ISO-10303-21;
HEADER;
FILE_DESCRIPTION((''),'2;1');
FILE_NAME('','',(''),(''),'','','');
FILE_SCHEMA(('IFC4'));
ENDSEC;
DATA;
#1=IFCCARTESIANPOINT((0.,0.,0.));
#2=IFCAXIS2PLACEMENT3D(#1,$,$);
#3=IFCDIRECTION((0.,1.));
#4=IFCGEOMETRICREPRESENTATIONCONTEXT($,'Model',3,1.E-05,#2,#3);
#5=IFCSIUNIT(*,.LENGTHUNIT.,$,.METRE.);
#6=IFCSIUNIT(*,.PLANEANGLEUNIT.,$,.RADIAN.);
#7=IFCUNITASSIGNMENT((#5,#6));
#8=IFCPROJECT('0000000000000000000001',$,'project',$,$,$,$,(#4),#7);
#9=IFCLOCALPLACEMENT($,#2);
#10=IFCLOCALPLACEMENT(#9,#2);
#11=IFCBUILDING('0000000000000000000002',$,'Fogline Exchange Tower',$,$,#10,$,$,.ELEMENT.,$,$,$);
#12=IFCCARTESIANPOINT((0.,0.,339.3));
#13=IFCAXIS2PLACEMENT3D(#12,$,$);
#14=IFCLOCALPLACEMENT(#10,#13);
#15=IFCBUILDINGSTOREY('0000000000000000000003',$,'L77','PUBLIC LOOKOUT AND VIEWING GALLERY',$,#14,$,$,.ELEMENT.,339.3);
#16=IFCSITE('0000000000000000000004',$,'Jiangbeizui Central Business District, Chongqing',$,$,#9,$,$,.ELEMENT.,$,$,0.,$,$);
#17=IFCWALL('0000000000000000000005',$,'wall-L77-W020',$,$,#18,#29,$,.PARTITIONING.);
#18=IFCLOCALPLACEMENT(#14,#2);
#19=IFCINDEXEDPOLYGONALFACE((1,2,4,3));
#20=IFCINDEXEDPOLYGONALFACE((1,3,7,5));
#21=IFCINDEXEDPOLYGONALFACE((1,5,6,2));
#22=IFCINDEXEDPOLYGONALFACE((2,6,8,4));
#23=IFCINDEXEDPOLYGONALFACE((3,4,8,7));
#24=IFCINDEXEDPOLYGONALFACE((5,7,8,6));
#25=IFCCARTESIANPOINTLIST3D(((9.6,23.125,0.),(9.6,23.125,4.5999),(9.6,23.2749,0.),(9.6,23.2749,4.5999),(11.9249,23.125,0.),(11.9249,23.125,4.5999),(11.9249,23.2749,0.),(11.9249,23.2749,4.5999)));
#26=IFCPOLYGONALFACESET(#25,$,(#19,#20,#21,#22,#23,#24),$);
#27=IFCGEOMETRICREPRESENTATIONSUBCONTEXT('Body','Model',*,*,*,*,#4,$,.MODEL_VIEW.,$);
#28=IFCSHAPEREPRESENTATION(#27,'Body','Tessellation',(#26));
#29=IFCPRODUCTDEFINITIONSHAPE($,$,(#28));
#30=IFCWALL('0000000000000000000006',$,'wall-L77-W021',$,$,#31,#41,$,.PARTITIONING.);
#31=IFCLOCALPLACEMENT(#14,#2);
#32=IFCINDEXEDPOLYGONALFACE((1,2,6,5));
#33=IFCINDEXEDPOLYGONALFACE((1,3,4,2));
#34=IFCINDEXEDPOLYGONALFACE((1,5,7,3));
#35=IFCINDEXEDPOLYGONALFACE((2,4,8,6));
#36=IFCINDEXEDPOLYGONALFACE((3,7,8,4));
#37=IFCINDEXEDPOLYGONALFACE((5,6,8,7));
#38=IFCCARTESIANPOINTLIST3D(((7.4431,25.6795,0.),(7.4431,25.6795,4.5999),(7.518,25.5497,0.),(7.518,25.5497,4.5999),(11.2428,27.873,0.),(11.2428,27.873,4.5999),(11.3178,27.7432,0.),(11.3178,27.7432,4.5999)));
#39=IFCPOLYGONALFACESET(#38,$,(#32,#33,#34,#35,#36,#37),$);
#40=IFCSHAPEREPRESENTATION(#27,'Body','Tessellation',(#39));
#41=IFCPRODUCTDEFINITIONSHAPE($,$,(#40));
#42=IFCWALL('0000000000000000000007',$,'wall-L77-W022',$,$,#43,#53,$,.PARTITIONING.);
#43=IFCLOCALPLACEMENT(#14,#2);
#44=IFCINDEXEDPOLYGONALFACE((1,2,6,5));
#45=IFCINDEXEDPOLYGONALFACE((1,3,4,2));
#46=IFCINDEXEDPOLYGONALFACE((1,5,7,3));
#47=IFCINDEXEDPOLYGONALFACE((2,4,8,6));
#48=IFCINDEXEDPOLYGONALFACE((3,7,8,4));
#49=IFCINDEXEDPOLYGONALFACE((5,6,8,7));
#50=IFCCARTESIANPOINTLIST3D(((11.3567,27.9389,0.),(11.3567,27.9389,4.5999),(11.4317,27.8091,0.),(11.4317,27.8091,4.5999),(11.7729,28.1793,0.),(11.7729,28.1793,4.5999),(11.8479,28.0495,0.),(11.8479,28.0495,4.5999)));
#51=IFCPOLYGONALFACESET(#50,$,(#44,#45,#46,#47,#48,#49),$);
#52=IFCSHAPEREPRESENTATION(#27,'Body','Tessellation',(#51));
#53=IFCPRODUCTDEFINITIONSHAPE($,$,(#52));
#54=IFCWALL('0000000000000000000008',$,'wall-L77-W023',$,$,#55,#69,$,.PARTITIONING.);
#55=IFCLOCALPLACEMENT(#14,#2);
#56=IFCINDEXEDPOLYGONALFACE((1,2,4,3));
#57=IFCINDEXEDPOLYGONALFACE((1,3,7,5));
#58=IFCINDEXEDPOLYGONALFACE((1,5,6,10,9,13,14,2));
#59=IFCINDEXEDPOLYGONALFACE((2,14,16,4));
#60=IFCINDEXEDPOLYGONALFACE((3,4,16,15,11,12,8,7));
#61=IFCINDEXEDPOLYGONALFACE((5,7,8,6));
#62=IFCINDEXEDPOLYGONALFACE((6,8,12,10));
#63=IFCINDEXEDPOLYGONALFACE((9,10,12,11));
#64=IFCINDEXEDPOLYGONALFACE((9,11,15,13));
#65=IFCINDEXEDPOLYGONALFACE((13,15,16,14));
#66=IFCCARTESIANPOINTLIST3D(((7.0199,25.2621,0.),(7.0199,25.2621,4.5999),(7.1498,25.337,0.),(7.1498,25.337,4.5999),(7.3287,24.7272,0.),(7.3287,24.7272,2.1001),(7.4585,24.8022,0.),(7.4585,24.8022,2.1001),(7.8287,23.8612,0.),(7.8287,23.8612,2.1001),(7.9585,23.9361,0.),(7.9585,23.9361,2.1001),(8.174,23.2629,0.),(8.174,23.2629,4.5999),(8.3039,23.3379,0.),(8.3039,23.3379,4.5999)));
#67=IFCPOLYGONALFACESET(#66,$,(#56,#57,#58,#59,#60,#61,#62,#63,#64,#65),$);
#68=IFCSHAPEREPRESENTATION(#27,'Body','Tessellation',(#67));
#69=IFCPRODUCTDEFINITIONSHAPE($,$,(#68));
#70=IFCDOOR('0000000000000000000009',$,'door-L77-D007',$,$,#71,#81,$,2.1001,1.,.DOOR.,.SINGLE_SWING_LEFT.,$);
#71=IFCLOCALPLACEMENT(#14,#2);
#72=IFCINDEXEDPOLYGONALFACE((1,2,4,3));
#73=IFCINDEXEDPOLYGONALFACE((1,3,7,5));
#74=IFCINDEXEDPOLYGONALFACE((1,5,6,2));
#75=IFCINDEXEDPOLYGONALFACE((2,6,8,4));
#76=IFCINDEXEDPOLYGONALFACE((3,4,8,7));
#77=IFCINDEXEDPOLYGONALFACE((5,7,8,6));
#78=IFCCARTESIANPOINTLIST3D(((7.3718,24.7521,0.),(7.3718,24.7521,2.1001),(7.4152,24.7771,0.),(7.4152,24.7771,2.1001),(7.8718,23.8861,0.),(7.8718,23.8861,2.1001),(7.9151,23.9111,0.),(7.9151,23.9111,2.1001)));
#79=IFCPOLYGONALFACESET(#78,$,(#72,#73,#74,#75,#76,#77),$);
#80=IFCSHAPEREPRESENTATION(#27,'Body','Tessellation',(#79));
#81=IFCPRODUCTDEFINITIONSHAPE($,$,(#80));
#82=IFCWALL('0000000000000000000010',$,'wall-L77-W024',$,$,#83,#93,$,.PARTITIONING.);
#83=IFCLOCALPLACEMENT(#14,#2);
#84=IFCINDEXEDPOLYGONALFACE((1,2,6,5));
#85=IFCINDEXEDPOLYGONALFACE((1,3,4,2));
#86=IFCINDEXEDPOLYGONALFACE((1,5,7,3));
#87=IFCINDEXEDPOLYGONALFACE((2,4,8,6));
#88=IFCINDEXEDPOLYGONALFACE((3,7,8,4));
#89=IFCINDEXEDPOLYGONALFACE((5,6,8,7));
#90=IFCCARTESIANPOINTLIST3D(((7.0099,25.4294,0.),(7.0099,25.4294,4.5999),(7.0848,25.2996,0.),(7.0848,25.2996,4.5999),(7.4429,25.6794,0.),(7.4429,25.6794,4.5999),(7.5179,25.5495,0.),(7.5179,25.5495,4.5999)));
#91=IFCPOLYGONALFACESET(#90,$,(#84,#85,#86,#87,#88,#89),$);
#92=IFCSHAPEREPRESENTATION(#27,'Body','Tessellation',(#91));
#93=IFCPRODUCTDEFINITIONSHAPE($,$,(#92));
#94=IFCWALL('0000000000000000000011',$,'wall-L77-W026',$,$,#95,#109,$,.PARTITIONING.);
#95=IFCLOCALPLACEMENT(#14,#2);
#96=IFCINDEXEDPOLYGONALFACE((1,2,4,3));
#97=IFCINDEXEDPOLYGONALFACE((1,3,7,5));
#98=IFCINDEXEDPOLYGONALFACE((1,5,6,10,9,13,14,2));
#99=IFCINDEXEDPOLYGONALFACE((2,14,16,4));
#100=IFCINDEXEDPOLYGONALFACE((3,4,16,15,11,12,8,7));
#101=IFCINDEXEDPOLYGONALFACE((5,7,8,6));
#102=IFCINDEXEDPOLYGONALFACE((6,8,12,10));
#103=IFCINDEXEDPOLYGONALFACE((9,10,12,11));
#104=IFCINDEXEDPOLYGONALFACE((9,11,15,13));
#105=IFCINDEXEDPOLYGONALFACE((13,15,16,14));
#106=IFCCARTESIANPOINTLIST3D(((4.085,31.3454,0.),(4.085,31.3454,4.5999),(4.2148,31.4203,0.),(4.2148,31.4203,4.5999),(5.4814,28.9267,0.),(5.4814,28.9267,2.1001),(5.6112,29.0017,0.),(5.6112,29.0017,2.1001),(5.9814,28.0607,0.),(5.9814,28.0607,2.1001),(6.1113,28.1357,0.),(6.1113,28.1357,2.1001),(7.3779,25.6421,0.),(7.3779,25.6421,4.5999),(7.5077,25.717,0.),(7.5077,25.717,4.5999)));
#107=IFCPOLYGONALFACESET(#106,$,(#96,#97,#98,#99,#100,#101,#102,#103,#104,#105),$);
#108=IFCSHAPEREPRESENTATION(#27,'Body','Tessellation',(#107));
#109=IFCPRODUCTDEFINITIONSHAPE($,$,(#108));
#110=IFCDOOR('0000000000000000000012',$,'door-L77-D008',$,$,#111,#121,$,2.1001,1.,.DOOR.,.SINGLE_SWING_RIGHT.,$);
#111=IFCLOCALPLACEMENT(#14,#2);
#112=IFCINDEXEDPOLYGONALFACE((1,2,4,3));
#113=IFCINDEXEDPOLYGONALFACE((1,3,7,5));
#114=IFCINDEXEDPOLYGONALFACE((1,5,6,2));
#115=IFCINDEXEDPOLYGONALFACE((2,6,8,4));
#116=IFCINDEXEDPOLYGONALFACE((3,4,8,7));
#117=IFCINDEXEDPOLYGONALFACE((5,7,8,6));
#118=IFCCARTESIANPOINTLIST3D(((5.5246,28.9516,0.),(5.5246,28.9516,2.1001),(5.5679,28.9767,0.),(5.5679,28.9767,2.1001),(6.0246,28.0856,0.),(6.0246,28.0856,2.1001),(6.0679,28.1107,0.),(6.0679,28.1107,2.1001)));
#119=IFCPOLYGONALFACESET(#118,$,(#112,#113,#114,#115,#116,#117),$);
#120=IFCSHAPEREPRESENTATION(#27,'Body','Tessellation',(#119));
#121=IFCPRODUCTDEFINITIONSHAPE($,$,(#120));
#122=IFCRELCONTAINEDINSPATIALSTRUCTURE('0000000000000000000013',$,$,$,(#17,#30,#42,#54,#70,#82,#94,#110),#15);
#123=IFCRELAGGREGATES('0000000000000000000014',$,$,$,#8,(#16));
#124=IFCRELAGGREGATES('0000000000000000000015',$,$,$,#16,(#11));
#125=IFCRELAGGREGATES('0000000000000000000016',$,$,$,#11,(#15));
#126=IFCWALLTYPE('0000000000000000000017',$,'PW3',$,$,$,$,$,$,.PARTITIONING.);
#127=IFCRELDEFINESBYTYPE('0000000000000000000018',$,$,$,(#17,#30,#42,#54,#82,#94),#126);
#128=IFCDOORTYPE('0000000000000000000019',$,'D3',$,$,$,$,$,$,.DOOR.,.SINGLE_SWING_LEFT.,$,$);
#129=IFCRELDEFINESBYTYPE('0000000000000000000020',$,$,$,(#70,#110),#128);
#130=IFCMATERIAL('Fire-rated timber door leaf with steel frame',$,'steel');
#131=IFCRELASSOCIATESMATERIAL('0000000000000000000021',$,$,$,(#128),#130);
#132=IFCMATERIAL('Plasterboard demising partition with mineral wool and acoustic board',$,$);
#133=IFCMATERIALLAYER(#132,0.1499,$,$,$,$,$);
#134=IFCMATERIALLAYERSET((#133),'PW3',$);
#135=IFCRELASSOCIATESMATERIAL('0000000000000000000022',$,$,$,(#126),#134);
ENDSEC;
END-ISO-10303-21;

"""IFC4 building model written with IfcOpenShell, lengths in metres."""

from ifc_helpers import new_model, si_unit, direction, frame, frame_2d, origin, place, context, subcontext, project, spatial, rectangle, extrude, material, layer, layer_set, type_object, element, fill, save


model = new_model("IFC4")

# Units and contexts
model_context = context("Model", 3, precision=1e-05, world=origin(), true_north=direction((0.0, 1.0)))
body_context = subcontext(model_context, "Body", "Model", "MODEL_VIEW")
ifc_project = project(units=[si_unit("LENGTHUNIT", "METRE"), si_unit("PLANEANGLEUNIT", "RADIAN")], contexts=[model_context])

# Site, building, storey
site_placement = place(None, origin())
site = spatial("IfcSite", under=ifc_project, at=site_placement, Name="Jiangbeizui Central Business District, Chongqing", CompositionType="ELEMENT", RefElevation=0.0)
building_placement = place(site_placement, origin())
building = spatial("IfcBuilding", under=site, at=building_placement, Name="Fogline Exchange Tower", CompositionType="ELEMENT")
storey_placement = place(building_placement, frame((0.0, 0.0, 339.3)))
storey = spatial("IfcBuildingStorey", under=building, at=storey_placement, Name="L77", Description="PUBLIC LOOKOUT AND VIEWING GALLERY", CompositionType="ELEMENT", Elevation=339.3)

# Shared definitions
ifc_material_1 = material(Name="Fire-rated timber door leaf with steel frame", Category="steel")
door_type = type_object("IfcDoorType", Name="D3", OperationType="SINGLE_SWING_LEFT", PredefinedType="DOOR", material=ifc_material_1)

# Walls
ifc_material_2 = material(Name="Plasterboard demising partition with mineral wool and acoustic board")
ifc_layer_1 = layer(ifc_material_2, 0.1499)
ifc_layer_set_1 = layer_set([ifc_layer_1], Name="PW3")
wall_type_1 = type_object("IfcWallType", Name="PW3", PredefinedType="PARTITIONING", material=ifc_layer_set_1)
wall_1_placement = place(storey_placement, frame((11.925, 23.2, 0.0), z_axis=(0.0, 0.0, 1.0), x_axis=(-1.0, 0.0, 0.0)))
element("IfcWall", 1, at=wall_1_placement, inside=storey, type_object=wall_type_1, Name="wall-L77-W020", PredefinedType="PARTITIONING", context=body_context, shape_type="SweptSolid", body=[
    extrude(rectangle(XDim=2.325, YDim=0.1499, at=frame_2d((1.1626, 0.0))), origin(), (0.0, 0.0, 1.0), 4.5999),
])
wall_2_placement = place(storey_placement, frame((7.4805, 25.6145, 0.0), z_axis=(0.0, 0.0, 1.0), x_axis=(0.866047, 0.499963, 0.0)))
element("IfcWall", 2, at=wall_2_placement, inside=storey, type_object=wall_type_1, Name="wall-L77-W021", PredefinedType="PARTITIONING", context=body_context, shape_type="SweptSolid", body=[
    extrude(rectangle(XDim=4.3875, YDim=0.1499, at=frame_2d((2.1938, 0.0))), origin(), (0.0, 0.0, 1.0), 4.5999),
])
wall_3_placement = place(storey_placement, frame((11.3943, 27.874, 0.0), z_axis=(0.0, 0.0, 1.0), x_axis=(0.86589, 0.500235, 0.0)))
element("IfcWall", 3, at=wall_3_placement, inside=storey, type_object=wall_type_1, Name="wall-L77-W022", PredefinedType="PARTITIONING", context=body_context, shape_type="SweptSolid", body=[
    extrude(rectangle(XDim=0.4807, YDim=0.1499, at=frame_2d((0.2402, 0.0))), origin(), (0.0, 0.0, 1.0), 4.5999),
])

# Wall, opening, door
wall_4_placement = place(storey_placement, frame((8.239, 23.3003, 0.0), z_axis=(0.0, 0.0, 1.0), x_axis=(-0.499973, 0.866041, 0.0)))
wall_4 = element("IfcWall", 4, at=wall_4_placement, inside=storey, type_object=wall_type_1, Name="wall-L77-W023", PredefinedType="PARTITIONING", context=body_context, shape_type="SweptSolid", body=[
    extrude(rectangle(XDim=2.3083, YDim=0.1499, at=frame_2d((1.1543, 0.0))), origin(), (0.0, 0.0, 1.0), 4.5999),
])
opening_1_placement = place(wall_4_placement, frame((0.6909, 0.0, 0.0)))
opening_1 = element("IfcOpeningElement", 5, at=opening_1_placement, cuts=wall_4, PredefinedType="OPENING", context=body_context, shape_type="SweptSolid", body=[
    extrude(rectangle(XDim=1.0, YDim=2.1001, at=frame_2d((0.5, 1.05))), frame((0.0, 0.085, 0.0), z_axis=(0.0, -1.0, 0.0), x_axis=(1.0, 0.0, 0.0)), (0.0, 0.0, 1.0), 0.1699),
])
door_1_placement = place(opening_1_placement, frame((1.0, 0.0, 0.0), z_axis=(0.0, 0.0, 1.0), x_axis=(-1.0, 0.0, 0.0)))
door_1 = element("IfcDoor", 6, at=door_1_placement, inside=storey, type_object=door_type, Name="door-L77-D007", OperationType="SINGLE_SWING_LEFT", OverallHeight=2.1001, OverallWidth=1.0, PredefinedType="DOOR", context=body_context, shape_type="SweptSolid", body=[
    extrude(rectangle(XDim=1.0, YDim=2.1001, at=frame_2d((0.5, 1.05))), frame((0.0, 0.0249, 0.0), z_axis=(0.0, -1.0, 0.0), x_axis=(1.0, 0.0, 0.0)), (0.0, 0.0, 1.0), 0.05),
])
fill(opening_1, door_1)

# Wall
wall_5_placement = place(storey_placement, frame((7.0474, 25.3645, 0.0), z_axis=(0.0, 0.0, 1.0), x_axis=(0.866072, 0.49992, 0.0)))
element("IfcWall", 7, at=wall_5_placement, inside=storey, type_object=wall_type_1, Name="wall-L77-W024", PredefinedType="PARTITIONING", context=body_context, shape_type="SweptSolid", body=[
    extrude(rectangle(XDim=0.5, YDim=0.1499, at=frame_2d((0.25, 0.0))), origin(), (0.0, 0.0, 1.0), 4.5999),
])

# Wall, opening, door
wall_6_placement = place(storey_placement, frame((7.4429, 25.6794, 0.0), z_axis=(0.0, 0.0, 1.0), x_axis=(-0.500014, 0.866017, 0.0)))
wall_6 = element("IfcWall", 8, at=wall_6_placement, inside=storey, type_object=wall_type_1, Name="wall-L77-W026", PredefinedType="PARTITIONING", context=body_context, shape_type="SweptSolid", body=[
    extrude(rectangle(XDim=6.5857, YDim=0.1499, at=frame_2d((3.293, 0.0))), origin(), (0.0, 0.0, 1.0), 4.5999),
])
opening_2_placement = place(wall_6_placement, frame((2.793, 0.0, 0.0)))
opening_2 = element("IfcOpeningElement", 9, at=opening_2_placement, cuts=wall_6, PredefinedType="OPENING", context=body_context, shape_type="SweptSolid", body=[
    extrude(rectangle(XDim=1.0, YDim=2.1001, at=frame_2d((0.5, 1.05))), frame((0.0, 0.085, 0.0), z_axis=(0.0, -1.0, 0.0), x_axis=(1.0, 0.0, 0.0)), (0.0, 0.0, 1.0), 0.1699),
])
door_2_placement = place(opening_2_placement, frame((1.0, 0.0, 0.0), z_axis=(0.0, 0.0, 1.0), x_axis=(-1.0, 0.0, 0.0)))
door_2 = element("IfcDoor", 10, at=door_2_placement, inside=storey, type_object=door_type, Name="door-L77-D008", OperationType="SINGLE_SWING_RIGHT", OverallHeight=2.1001, OverallWidth=1.0, PredefinedType="DOOR", context=body_context, shape_type="SweptSolid", body=[
    extrude(rectangle(XDim=1.0, YDim=2.1001, at=frame_2d((0.5, 1.05))), frame((0.0, 0.0249, 0.0), z_axis=(0.0, -1.0, 0.0), x_axis=(1.0, 0.0, 0.0)), (0.0, 0.0, 1.0), 0.05),
])
fill(opening_2, door_2)

save(model, "model.ifc")
